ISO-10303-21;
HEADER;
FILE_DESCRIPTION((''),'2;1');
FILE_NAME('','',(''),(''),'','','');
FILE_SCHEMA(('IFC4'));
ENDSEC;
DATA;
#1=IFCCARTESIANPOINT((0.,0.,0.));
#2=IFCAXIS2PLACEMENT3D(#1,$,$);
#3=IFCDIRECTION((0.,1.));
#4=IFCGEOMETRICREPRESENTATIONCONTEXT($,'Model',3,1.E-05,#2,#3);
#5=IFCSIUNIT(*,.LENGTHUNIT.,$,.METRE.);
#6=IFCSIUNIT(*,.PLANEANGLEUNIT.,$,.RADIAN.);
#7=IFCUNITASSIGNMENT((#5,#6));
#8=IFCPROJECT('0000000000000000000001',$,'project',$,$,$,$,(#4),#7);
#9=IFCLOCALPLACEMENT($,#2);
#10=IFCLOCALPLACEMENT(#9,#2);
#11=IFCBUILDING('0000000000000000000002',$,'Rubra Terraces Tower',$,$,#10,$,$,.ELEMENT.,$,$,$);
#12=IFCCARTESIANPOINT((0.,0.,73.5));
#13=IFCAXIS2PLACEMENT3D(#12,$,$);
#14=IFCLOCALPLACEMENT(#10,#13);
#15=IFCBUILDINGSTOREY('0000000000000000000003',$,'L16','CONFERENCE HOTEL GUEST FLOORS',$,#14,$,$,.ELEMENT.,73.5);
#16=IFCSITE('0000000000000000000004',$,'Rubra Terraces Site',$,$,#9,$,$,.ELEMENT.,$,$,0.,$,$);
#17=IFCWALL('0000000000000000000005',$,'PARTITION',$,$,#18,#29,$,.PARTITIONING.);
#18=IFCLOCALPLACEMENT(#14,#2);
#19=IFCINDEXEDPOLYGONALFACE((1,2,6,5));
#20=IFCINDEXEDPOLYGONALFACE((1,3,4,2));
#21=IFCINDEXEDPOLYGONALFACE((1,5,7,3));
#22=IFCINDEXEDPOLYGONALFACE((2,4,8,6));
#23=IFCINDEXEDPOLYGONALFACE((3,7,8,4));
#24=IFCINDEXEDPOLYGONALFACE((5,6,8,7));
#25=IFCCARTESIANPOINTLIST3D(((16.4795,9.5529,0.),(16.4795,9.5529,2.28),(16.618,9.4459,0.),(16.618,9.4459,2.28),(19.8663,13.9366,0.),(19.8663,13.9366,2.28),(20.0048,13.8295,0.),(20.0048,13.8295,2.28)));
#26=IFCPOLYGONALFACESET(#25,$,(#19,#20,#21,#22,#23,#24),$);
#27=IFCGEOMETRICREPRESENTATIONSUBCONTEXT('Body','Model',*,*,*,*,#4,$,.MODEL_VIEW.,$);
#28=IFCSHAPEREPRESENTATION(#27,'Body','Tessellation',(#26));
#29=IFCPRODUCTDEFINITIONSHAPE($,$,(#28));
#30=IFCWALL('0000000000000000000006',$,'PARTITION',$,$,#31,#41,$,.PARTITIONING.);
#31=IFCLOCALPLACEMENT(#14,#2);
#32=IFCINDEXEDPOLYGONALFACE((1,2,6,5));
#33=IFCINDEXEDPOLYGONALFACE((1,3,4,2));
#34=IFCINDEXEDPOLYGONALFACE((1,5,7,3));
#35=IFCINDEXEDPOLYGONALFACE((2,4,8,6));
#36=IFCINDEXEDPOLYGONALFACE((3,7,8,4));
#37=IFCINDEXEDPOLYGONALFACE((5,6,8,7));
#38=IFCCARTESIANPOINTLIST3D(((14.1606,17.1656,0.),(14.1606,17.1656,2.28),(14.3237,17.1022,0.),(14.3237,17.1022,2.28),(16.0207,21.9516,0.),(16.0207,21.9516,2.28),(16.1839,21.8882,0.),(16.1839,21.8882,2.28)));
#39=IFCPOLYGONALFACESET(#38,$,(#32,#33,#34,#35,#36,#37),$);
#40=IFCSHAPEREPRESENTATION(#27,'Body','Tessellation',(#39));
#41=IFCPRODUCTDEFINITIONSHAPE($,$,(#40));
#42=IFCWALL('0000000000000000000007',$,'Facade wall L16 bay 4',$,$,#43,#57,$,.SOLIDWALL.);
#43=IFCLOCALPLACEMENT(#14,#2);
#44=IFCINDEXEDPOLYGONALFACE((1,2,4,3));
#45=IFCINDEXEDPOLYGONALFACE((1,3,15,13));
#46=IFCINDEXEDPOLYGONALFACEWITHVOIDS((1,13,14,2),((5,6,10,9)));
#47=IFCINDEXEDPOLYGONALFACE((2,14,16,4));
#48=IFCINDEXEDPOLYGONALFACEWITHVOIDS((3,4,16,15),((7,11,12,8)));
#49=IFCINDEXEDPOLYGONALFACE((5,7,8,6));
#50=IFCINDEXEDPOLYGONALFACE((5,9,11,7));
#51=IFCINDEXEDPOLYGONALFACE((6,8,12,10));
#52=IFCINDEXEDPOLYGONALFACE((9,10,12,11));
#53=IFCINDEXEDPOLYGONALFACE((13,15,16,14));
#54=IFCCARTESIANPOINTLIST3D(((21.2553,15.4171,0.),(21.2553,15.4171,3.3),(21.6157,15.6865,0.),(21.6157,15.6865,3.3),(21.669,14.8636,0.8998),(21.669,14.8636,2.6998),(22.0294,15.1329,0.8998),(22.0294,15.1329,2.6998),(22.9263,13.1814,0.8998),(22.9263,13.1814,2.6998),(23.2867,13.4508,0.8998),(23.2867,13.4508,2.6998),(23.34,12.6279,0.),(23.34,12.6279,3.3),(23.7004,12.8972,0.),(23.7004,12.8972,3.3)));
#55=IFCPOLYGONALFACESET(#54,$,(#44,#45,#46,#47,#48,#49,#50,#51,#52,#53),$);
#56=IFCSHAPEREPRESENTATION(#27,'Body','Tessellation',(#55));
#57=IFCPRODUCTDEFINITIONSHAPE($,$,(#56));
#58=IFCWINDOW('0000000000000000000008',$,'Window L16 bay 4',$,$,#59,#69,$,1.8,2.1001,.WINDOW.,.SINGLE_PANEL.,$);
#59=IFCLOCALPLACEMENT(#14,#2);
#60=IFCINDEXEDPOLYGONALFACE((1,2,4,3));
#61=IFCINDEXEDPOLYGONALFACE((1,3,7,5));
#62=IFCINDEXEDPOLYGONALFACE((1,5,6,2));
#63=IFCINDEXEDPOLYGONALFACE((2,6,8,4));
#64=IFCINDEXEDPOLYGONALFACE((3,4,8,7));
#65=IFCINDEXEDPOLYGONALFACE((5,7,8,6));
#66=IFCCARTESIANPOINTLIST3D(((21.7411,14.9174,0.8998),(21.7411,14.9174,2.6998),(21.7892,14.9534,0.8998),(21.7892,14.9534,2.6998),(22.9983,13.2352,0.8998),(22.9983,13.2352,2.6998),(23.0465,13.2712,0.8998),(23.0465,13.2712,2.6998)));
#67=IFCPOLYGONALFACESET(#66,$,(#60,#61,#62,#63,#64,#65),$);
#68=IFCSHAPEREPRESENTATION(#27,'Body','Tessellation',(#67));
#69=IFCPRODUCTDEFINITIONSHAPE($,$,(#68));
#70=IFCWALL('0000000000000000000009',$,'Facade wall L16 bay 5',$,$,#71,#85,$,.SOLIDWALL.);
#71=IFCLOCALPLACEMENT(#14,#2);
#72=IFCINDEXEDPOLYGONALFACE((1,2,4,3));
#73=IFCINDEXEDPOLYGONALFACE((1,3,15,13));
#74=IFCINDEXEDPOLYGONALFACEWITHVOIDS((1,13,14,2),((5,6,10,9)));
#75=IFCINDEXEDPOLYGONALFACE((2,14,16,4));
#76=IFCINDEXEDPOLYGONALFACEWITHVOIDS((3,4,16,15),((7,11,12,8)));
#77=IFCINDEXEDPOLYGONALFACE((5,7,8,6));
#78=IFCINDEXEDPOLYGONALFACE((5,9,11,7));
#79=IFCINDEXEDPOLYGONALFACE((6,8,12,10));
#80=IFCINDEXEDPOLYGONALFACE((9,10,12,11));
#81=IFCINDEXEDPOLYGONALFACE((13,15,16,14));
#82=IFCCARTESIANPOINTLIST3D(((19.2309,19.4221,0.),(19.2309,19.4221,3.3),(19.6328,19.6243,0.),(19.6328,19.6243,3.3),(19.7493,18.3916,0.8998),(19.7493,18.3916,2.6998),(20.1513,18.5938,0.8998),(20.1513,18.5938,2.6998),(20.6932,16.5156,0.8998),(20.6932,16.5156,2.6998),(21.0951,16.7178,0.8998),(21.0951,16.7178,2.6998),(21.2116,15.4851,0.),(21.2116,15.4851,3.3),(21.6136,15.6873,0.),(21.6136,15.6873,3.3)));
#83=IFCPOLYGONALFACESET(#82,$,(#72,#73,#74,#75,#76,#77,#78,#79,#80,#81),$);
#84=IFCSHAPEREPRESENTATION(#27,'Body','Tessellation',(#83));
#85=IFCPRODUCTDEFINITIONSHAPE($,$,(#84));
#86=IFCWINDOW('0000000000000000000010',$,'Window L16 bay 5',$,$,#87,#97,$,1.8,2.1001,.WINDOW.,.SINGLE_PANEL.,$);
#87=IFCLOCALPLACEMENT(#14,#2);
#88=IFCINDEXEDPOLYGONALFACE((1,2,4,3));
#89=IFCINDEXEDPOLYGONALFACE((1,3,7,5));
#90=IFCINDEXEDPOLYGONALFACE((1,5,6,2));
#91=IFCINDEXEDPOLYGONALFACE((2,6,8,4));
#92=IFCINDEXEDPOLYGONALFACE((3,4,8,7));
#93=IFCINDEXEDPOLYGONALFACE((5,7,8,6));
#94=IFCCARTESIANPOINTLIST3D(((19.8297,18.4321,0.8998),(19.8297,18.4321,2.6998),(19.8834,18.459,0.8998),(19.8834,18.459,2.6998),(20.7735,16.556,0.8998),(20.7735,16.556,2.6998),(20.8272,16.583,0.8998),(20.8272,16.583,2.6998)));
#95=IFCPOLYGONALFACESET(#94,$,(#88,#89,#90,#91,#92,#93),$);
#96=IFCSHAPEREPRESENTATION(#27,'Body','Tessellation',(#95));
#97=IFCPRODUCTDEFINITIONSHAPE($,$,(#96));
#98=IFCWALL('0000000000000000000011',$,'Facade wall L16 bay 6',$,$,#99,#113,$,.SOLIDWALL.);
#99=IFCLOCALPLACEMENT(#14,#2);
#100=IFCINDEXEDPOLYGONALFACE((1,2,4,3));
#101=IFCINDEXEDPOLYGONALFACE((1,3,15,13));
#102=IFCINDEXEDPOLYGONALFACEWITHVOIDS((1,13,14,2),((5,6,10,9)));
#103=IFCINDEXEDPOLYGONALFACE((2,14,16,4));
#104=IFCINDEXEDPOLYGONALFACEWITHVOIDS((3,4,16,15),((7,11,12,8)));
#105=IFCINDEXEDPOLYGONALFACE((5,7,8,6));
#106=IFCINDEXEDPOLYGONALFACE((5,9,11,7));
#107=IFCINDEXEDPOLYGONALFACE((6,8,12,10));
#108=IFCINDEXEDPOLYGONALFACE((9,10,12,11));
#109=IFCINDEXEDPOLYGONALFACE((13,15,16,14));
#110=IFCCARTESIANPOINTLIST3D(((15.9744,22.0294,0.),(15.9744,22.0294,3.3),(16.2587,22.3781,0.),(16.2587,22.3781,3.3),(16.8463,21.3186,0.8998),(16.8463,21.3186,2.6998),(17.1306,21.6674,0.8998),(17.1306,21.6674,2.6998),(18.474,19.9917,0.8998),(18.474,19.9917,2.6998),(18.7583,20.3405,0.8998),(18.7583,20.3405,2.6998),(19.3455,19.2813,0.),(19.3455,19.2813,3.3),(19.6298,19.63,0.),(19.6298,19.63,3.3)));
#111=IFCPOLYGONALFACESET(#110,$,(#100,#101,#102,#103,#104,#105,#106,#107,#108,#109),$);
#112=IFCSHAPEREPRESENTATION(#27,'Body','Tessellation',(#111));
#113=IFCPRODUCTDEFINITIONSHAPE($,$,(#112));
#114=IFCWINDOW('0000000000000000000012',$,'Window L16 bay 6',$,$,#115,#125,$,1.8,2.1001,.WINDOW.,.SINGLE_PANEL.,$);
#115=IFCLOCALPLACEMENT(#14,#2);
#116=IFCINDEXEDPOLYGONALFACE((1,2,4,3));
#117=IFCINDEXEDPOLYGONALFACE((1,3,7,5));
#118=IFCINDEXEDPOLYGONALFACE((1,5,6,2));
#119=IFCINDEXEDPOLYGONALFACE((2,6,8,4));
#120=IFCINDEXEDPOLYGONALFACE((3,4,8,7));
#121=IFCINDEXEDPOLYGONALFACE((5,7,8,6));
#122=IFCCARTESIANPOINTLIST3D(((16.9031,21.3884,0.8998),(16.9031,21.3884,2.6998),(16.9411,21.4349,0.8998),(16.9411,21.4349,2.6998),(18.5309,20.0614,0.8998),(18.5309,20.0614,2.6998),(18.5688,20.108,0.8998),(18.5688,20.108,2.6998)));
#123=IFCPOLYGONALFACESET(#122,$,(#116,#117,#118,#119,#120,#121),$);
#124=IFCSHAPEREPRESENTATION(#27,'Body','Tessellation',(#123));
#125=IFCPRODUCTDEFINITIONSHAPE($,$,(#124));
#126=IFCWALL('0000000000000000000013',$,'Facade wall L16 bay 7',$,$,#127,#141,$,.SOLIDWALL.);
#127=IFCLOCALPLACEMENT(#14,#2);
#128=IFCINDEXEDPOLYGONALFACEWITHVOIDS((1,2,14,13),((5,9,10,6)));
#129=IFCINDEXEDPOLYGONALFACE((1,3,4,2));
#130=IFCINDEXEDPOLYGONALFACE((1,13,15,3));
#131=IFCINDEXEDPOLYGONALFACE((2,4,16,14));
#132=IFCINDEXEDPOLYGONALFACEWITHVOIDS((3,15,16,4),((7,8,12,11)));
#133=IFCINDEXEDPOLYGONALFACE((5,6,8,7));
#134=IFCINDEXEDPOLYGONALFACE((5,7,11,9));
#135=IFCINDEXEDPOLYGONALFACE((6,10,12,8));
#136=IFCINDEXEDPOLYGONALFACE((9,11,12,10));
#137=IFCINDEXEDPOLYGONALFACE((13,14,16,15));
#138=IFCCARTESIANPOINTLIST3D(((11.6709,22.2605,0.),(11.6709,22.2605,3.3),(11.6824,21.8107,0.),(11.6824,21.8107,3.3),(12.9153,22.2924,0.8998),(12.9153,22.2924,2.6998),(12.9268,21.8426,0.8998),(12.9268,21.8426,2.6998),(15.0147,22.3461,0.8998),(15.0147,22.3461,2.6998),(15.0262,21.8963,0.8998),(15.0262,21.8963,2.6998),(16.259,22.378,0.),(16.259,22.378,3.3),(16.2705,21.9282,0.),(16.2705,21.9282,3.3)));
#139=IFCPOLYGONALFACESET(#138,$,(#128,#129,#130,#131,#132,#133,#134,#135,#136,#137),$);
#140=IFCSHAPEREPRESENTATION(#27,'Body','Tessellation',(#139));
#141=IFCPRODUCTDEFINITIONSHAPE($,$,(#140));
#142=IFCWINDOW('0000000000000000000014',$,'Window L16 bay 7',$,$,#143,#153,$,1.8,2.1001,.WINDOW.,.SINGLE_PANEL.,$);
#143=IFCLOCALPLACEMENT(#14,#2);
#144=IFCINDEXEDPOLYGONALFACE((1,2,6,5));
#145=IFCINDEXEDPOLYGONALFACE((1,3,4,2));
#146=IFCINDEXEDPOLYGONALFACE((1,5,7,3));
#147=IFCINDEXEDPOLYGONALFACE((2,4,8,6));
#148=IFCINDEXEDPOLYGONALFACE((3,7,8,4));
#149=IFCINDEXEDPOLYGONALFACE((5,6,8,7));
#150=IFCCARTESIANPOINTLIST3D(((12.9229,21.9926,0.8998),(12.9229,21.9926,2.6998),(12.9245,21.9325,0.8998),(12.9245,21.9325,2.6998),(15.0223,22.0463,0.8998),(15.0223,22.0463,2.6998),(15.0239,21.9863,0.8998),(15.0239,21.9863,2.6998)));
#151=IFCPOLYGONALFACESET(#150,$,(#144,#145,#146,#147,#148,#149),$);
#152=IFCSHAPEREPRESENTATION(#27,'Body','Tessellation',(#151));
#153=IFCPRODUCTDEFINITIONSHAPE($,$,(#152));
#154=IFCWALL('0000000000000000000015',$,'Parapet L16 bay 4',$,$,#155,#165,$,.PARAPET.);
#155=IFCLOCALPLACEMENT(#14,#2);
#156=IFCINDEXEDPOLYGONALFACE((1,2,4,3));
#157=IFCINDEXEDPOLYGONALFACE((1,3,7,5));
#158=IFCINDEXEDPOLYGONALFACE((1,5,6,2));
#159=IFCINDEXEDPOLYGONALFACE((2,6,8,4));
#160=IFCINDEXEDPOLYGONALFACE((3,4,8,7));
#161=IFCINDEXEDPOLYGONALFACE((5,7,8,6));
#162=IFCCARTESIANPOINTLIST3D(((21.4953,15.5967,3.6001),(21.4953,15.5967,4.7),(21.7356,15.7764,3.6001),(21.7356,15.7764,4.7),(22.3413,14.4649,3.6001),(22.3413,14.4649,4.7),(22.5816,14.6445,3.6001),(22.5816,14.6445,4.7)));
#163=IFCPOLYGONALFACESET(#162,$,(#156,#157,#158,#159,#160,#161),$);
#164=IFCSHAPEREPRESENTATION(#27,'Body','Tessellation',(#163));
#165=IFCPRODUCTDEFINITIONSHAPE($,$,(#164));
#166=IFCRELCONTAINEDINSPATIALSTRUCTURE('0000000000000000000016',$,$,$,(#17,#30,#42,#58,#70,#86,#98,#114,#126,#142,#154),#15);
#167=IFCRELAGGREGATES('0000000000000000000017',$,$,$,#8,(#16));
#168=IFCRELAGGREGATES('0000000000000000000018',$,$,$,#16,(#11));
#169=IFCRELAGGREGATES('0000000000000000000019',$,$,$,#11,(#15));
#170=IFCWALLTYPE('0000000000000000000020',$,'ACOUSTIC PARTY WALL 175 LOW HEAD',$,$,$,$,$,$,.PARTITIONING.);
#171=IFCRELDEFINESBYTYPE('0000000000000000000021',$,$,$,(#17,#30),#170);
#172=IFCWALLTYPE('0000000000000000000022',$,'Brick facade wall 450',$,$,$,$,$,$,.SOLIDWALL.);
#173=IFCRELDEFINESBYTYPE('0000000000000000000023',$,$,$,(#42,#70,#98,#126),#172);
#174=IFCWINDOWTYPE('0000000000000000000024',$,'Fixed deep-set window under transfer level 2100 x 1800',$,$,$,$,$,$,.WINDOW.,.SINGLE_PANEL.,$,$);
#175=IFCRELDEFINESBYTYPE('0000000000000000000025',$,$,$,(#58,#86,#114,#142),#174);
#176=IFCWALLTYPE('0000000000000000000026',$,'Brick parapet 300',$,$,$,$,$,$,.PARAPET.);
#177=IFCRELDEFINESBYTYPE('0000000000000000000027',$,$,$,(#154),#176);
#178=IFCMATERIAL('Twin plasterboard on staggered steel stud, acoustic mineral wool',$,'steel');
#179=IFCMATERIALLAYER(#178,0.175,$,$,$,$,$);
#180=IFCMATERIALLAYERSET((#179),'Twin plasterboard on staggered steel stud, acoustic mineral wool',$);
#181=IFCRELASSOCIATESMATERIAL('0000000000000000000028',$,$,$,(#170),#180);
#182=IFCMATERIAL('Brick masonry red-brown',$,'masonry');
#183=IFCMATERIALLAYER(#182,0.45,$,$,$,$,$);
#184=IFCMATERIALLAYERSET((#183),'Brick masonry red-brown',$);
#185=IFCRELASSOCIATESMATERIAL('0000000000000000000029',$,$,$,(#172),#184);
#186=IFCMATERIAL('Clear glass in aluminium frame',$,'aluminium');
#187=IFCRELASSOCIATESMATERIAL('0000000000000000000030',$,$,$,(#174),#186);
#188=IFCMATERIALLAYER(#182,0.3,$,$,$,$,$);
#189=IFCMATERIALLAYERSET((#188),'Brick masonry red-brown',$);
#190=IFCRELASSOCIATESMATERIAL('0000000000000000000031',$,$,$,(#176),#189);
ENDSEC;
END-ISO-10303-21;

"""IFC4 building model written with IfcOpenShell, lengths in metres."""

from ifc_helpers import new_model, si_unit, direction, frame, frame_2d, origin, place, context, subcontext, project, spatial, rectangle, extrude, material, layer, layer_set, type_object, element, fill, save


model = new_model("IFC4")

# Units and contexts
model_context = context("Model", 3, precision=1e-05, world=origin(), true_north=direction((0.0, 1.0)))
body_context = subcontext(model_context, "Body", "Model", "MODEL_VIEW")
ifc_project = project(units=[si_unit("LENGTHUNIT", "METRE"), si_unit("PLANEANGLEUNIT", "RADIAN")], contexts=[model_context])

# Site, building, storey
site_placement = place(None, origin())
site = spatial("IfcSite", under=ifc_project, at=site_placement, Name="Rubra Terraces Site", CompositionType="ELEMENT", RefElevation=0.0)
building_placement = place(site_placement, origin())
building = spatial("IfcBuilding", under=site, at=building_placement, Name="Rubra Terraces Tower", CompositionType="ELEMENT")
storey_placement = place(building_placement, frame((0.0, 0.0, 73.5)))
storey = spatial("IfcBuildingStorey", under=building, at=storey_placement, Name="L16", Description="CONFERENCE HOTEL GUEST FLOORS", CompositionType="ELEMENT", Elevation=73.5)

# Walls
ifc_material_1 = material(Name="Twin plasterboard on staggered steel stud, acoustic mineral wool", Category="steel")
ifc_layer_1 = layer(ifc_material_1, 0.175)
ifc_layer_set_1 = layer_set([ifc_layer_1], Name="Twin plasterboard on staggered steel stud, acoustic mineral wool")
wall_type_1 = type_object("IfcWallType", Name="ACOUSTIC PARTY WALL 175 LOW HEAD", PredefinedType="PARTITIONING", material=ifc_layer_set_1)
wall_1_placement = place(storey_placement, frame((19.9355, 13.8831, 0.0), z_axis=(0.0, 0.0, 1.0), x_axis=(-0.611384, -0.791334, 0.0)))
element("IfcWall", 1, at=wall_1_placement, inside=storey, type_object=wall_type_1, Name="PARTITION", PredefinedType="PARTITIONING", context=body_context, shape_type="SweptSolid", body=[
    extrude(rectangle(XDim=5.5396, YDim=0.175, at=frame_2d((2.7698, 0.0))), origin(), (0.0, 0.0, 1.0), 2.28),
])
wall_2_placement = place(storey_placement, frame((16.1023, 21.9199, 0.0), z_axis=(0.0, 0.0, 1.0), x_axis=(-0.362265, -0.932075, 0.0)))
element("IfcWall", 2, at=wall_2_placement, inside=storey, type_object=wall_type_1, Name="PARTITION", PredefinedType="PARTITIONING", context=body_context, shape_type="SweptSolid", body=[
    extrude(rectangle(XDim=5.1348, YDim=0.175, at=frame_2d((2.5674, 0.0))), origin(), (0.0, 0.0, 1.0), 2.28),
])

# Walls, openings, windows
ifc_material_2 = material(Name="Brick masonry red-brown", Category="masonry")
ifc_layer_2 = layer(ifc_material_2, 0.45)
ifc_layer_set_2 = layer_set([ifc_layer_2], Name="Brick masonry red-brown")
wall_type_2 = type_object("IfcWallType", Name="Brick facade wall 450", PredefinedType="SOLIDWALL", material=ifc_layer_set_2)
wall_3_placement = place(storey_placement, frame((23.5203, 12.7625, 0.0), z_axis=(0.0, 0.0, 1.0), x_axis=(-0.598664, 0.801, 0.0)))
wall_3 = element("IfcWall", 3, at=wall_3_placement, inside=storey, type_object=wall_type_2, Name="Facade wall L16 bay 4", PredefinedType="SOLIDWALL", context=body_context, shape_type="SweptSolid", body=[
    extrude(rectangle(XDim=3.4822, YDim=0.45, at=frame_2d((1.7412, 0.0))), origin(), (0.0, 0.0, 1.0), 3.3),
])
opening_1_placement = place(wall_3_placement, frame((0.6912, 0.0, 0.8999)))
opening_1 = element("IfcOpeningElement", 4, at=opening_1_placement, cuts=wall_3, PredefinedType="OPENING", context=body_context, shape_type="SweptSolid", body=[
    extrude(rectangle(XDim=2.1001, YDim=1.8, at=frame_2d((1.05, 0.8999))), frame((0.0, 0.2349, 0.0), z_axis=(0.0, -1.0, 0.0), x_axis=(1.0, 0.0, 0.0)), (0.0, 0.0, 1.0), 0.47),
])
ifc_material_3 = material(Name="Clear glass in aluminium frame", Category="aluminium")
window_type = type_object("IfcWindowType", Name="Fixed deep-set window under transfer level 2100 x 1800", PartitioningType="SINGLE_PANEL", PredefinedType="WINDOW", material=ifc_material_3)
window_1_placement = place(opening_1_placement, origin())
window_1 = element("IfcWindow", 5, at=window_1_placement, inside=storey, type_object=window_type, Name="Window L16 bay 4", OverallHeight=1.8, OverallWidth=2.1001, PartitioningType="SINGLE_PANEL", PredefinedType="WINDOW", context=body_context, shape_type="SweptSolid", body=[
    extrude(rectangle(XDim=2.1001, YDim=1.8, at=frame_2d((1.05, 0.8999))), frame((0.0, 0.135, 0.0), z_axis=(0.0, -1.0, 0.0), x_axis=(1.0, 0.0, 0.0)), (0.0, 0.0, 1.0), 0.0601),
])
fill(opening_1, window_1)
wall_4_placement = place(storey_placement, frame((21.4126, 15.5862, 0.0), z_axis=(0.0, 0.0, 1.0), x_axis=(-0.449428, 0.893317, 0.0)))
wall_4 = element("IfcWall", 6, at=wall_4_placement, inside=storey, type_object=wall_type_2, Name="Facade wall L16 bay 5", PredefinedType="SOLIDWALL", context=body_context, shape_type="SweptSolid", body=[
    extrude(rectangle(XDim=4.4072, YDim=0.45, at=frame_2d((2.2036, 0.0))), origin(), (0.0, 0.0, 1.0), 3.3),
])
opening_2_placement = place(wall_4_placement, frame((1.1536, 0.0, 0.8999)))
opening_2 = element("IfcOpeningElement", 7, at=opening_2_placement, cuts=wall_4, PredefinedType="OPENING", context=body_context, shape_type="SweptSolid", body=[
    extrude(rectangle(XDim=2.1001, YDim=1.8, at=frame_2d((1.05, 0.8999))), frame((0.0, 0.2349, 0.0), z_axis=(0.0, -1.0, 0.0), x_axis=(1.0, 0.0, 0.0)), (0.0, 0.0, 1.0), 0.47),
])
window_2_placement = place(opening_2_placement, origin())
window_2 = element("IfcWindow", 8, at=window_2_placement, inside=storey, type_object=window_type, Name="Window L16 bay 5", OverallHeight=1.8, OverallWidth=2.1001, PartitioningType="SINGLE_PANEL", PredefinedType="WINDOW", context=body_context, shape_type="SweptSolid", body=[
    extrude(rectangle(XDim=2.1001, YDim=1.8, at=frame_2d((1.05, 0.8999))), frame((0.0, 0.135, 0.0), z_axis=(0.0, -1.0, 0.0), x_axis=(1.0, 0.0, 0.0)), (0.0, 0.0, 1.0), 0.0601),
])
fill(opening_2, window_2)
wall_5_placement = place(storey_placement, frame((19.4878, 19.4556, 0.0), z_axis=(0.0, 0.0, 1.0), x_axis=(-0.775097, 0.631843, 0.0)))
wall_5 = element("IfcWall", 9, at=wall_5_placement, inside=storey, type_object=wall_type_2, Name="Facade wall L16 bay 6", PredefinedType="SOLIDWALL", context=body_context, shape_type="SweptSolid", body=[
    extrude(rectangle(XDim=4.3494, YDim=0.45, at=frame_2d((2.1748, 0.0))), origin(), (0.0, 0.0, 1.0), 3.3),
])
opening_3_placement = place(wall_5_placement, frame((1.1245, 0.0, 0.8999)))
opening_3 = element("IfcOpeningElement", 10, at=opening_3_placement, cuts=wall_5, PredefinedType="OPENING", context=body_context, shape_type="SweptSolid", body=[
    extrude(rectangle(XDim=2.1001, YDim=1.8, at=frame_2d((1.05, 0.8999))), frame((0.0, 0.2349, 0.0), z_axis=(0.0, -1.0, 0.0), x_axis=(1.0, 0.0, 0.0)), (0.0, 0.0, 1.0), 0.47),
])
window_3_placement = place(opening_3_placement, origin())
window_3 = element("IfcWindow", 11, at=window_3_placement, inside=storey, type_object=window_type, Name="Window L16 bay 6", OverallHeight=1.8, OverallWidth=2.1001, PartitioningType="SINGLE_PANEL", PredefinedType="WINDOW", context=body_context, shape_type="SweptSolid", body=[
    extrude(rectangle(XDim=2.1001, YDim=1.8, at=frame_2d((1.05, 0.8999))), frame((0.0, 0.135, 0.0), z_axis=(0.0, -1.0, 0.0), x_axis=(1.0, 0.0, 0.0)), (0.0, 0.0, 1.0), 0.0601),
])
fill(opening_3, window_3)
wall_6_placement = place(storey_placement, frame((16.2649, 22.1531, 0.0), z_axis=(0.0, 0.0, 1.0), x_axis=(-0.999673, -0.025586, 0.0)))
wall_6 = element("IfcWall", 12, at=wall_6_placement, inside=storey, type_object=wall_type_2, Name="Facade wall L16 bay 7", PredefinedType="SOLIDWALL", context=body_context, shape_type="SweptSolid", body=[
    extrude(rectangle(XDim=4.5896, YDim=0.45, at=frame_2d((2.2949, 0.0))), origin(), (0.0, 0.0, 1.0), 3.3),
])
opening_4_placement = place(wall_6_placement, frame((1.2449, 0.0, 0.8999)))
opening_4 = element("IfcOpeningElement", 13, at=opening_4_placement, cuts=wall_6, PredefinedType="OPENING", context=body_context, shape_type="SweptSolid", body=[
    extrude(rectangle(XDim=2.1001, YDim=1.8, at=frame_2d((1.05, 0.8999))), frame((0.0, 0.2349, 0.0), z_axis=(0.0, -1.0, 0.0), x_axis=(1.0, 0.0, 0.0)), (0.0, 0.0, 1.0), 0.47),
])
window_4_placement = place(opening_4_placement, origin())
window_4 = element("IfcWindow", 14, at=window_4_placement, inside=storey, type_object=window_type, Name="Window L16 bay 7", OverallHeight=1.8, OverallWidth=2.1001, PartitioningType="SINGLE_PANEL", PredefinedType="WINDOW", context=body_context, shape_type="SweptSolid", body=[
    extrude(rectangle(XDim=2.1001, YDim=1.8, at=frame_2d((1.05, 0.8999))), frame((0.0, 0.135, 0.0), z_axis=(0.0, -1.0, 0.0), x_axis=(1.0, 0.0, 0.0)), (0.0, 0.0, 1.0), 0.0601),
])
fill(opening_4, window_4)

# Wall
ifc_layer_3 = layer(ifc_material_2, 0.3)
ifc_layer_set_3 = layer_set([ifc_layer_3], Name="Brick masonry red-brown")
wall_type_3 = type_object("IfcWallType", Name="Brick parapet 300", PredefinedType="PARAPET", material=ifc_layer_set_3)
wall_7_placement = place(storey_placement, frame((22.4614, 14.5547, 3.6001), z_axis=(0.0, 0.0, 1.0), x_axis=(-0.598672, 0.800994, 0.0)))
element("IfcWall", 15, at=wall_7_placement, inside=storey, type_object=wall_type_3, Name="Parapet L16 bay 4", PredefinedType="PARAPET", context=body_context, shape_type="SweptSolid", body=[
    extrude(rectangle(XDim=1.4131, YDim=0.3, at=frame_2d((0.7065, 0.0))), origin(), (0.0, 0.0, 1.0), 1.0999),
])

save(model, "model.ifc")
